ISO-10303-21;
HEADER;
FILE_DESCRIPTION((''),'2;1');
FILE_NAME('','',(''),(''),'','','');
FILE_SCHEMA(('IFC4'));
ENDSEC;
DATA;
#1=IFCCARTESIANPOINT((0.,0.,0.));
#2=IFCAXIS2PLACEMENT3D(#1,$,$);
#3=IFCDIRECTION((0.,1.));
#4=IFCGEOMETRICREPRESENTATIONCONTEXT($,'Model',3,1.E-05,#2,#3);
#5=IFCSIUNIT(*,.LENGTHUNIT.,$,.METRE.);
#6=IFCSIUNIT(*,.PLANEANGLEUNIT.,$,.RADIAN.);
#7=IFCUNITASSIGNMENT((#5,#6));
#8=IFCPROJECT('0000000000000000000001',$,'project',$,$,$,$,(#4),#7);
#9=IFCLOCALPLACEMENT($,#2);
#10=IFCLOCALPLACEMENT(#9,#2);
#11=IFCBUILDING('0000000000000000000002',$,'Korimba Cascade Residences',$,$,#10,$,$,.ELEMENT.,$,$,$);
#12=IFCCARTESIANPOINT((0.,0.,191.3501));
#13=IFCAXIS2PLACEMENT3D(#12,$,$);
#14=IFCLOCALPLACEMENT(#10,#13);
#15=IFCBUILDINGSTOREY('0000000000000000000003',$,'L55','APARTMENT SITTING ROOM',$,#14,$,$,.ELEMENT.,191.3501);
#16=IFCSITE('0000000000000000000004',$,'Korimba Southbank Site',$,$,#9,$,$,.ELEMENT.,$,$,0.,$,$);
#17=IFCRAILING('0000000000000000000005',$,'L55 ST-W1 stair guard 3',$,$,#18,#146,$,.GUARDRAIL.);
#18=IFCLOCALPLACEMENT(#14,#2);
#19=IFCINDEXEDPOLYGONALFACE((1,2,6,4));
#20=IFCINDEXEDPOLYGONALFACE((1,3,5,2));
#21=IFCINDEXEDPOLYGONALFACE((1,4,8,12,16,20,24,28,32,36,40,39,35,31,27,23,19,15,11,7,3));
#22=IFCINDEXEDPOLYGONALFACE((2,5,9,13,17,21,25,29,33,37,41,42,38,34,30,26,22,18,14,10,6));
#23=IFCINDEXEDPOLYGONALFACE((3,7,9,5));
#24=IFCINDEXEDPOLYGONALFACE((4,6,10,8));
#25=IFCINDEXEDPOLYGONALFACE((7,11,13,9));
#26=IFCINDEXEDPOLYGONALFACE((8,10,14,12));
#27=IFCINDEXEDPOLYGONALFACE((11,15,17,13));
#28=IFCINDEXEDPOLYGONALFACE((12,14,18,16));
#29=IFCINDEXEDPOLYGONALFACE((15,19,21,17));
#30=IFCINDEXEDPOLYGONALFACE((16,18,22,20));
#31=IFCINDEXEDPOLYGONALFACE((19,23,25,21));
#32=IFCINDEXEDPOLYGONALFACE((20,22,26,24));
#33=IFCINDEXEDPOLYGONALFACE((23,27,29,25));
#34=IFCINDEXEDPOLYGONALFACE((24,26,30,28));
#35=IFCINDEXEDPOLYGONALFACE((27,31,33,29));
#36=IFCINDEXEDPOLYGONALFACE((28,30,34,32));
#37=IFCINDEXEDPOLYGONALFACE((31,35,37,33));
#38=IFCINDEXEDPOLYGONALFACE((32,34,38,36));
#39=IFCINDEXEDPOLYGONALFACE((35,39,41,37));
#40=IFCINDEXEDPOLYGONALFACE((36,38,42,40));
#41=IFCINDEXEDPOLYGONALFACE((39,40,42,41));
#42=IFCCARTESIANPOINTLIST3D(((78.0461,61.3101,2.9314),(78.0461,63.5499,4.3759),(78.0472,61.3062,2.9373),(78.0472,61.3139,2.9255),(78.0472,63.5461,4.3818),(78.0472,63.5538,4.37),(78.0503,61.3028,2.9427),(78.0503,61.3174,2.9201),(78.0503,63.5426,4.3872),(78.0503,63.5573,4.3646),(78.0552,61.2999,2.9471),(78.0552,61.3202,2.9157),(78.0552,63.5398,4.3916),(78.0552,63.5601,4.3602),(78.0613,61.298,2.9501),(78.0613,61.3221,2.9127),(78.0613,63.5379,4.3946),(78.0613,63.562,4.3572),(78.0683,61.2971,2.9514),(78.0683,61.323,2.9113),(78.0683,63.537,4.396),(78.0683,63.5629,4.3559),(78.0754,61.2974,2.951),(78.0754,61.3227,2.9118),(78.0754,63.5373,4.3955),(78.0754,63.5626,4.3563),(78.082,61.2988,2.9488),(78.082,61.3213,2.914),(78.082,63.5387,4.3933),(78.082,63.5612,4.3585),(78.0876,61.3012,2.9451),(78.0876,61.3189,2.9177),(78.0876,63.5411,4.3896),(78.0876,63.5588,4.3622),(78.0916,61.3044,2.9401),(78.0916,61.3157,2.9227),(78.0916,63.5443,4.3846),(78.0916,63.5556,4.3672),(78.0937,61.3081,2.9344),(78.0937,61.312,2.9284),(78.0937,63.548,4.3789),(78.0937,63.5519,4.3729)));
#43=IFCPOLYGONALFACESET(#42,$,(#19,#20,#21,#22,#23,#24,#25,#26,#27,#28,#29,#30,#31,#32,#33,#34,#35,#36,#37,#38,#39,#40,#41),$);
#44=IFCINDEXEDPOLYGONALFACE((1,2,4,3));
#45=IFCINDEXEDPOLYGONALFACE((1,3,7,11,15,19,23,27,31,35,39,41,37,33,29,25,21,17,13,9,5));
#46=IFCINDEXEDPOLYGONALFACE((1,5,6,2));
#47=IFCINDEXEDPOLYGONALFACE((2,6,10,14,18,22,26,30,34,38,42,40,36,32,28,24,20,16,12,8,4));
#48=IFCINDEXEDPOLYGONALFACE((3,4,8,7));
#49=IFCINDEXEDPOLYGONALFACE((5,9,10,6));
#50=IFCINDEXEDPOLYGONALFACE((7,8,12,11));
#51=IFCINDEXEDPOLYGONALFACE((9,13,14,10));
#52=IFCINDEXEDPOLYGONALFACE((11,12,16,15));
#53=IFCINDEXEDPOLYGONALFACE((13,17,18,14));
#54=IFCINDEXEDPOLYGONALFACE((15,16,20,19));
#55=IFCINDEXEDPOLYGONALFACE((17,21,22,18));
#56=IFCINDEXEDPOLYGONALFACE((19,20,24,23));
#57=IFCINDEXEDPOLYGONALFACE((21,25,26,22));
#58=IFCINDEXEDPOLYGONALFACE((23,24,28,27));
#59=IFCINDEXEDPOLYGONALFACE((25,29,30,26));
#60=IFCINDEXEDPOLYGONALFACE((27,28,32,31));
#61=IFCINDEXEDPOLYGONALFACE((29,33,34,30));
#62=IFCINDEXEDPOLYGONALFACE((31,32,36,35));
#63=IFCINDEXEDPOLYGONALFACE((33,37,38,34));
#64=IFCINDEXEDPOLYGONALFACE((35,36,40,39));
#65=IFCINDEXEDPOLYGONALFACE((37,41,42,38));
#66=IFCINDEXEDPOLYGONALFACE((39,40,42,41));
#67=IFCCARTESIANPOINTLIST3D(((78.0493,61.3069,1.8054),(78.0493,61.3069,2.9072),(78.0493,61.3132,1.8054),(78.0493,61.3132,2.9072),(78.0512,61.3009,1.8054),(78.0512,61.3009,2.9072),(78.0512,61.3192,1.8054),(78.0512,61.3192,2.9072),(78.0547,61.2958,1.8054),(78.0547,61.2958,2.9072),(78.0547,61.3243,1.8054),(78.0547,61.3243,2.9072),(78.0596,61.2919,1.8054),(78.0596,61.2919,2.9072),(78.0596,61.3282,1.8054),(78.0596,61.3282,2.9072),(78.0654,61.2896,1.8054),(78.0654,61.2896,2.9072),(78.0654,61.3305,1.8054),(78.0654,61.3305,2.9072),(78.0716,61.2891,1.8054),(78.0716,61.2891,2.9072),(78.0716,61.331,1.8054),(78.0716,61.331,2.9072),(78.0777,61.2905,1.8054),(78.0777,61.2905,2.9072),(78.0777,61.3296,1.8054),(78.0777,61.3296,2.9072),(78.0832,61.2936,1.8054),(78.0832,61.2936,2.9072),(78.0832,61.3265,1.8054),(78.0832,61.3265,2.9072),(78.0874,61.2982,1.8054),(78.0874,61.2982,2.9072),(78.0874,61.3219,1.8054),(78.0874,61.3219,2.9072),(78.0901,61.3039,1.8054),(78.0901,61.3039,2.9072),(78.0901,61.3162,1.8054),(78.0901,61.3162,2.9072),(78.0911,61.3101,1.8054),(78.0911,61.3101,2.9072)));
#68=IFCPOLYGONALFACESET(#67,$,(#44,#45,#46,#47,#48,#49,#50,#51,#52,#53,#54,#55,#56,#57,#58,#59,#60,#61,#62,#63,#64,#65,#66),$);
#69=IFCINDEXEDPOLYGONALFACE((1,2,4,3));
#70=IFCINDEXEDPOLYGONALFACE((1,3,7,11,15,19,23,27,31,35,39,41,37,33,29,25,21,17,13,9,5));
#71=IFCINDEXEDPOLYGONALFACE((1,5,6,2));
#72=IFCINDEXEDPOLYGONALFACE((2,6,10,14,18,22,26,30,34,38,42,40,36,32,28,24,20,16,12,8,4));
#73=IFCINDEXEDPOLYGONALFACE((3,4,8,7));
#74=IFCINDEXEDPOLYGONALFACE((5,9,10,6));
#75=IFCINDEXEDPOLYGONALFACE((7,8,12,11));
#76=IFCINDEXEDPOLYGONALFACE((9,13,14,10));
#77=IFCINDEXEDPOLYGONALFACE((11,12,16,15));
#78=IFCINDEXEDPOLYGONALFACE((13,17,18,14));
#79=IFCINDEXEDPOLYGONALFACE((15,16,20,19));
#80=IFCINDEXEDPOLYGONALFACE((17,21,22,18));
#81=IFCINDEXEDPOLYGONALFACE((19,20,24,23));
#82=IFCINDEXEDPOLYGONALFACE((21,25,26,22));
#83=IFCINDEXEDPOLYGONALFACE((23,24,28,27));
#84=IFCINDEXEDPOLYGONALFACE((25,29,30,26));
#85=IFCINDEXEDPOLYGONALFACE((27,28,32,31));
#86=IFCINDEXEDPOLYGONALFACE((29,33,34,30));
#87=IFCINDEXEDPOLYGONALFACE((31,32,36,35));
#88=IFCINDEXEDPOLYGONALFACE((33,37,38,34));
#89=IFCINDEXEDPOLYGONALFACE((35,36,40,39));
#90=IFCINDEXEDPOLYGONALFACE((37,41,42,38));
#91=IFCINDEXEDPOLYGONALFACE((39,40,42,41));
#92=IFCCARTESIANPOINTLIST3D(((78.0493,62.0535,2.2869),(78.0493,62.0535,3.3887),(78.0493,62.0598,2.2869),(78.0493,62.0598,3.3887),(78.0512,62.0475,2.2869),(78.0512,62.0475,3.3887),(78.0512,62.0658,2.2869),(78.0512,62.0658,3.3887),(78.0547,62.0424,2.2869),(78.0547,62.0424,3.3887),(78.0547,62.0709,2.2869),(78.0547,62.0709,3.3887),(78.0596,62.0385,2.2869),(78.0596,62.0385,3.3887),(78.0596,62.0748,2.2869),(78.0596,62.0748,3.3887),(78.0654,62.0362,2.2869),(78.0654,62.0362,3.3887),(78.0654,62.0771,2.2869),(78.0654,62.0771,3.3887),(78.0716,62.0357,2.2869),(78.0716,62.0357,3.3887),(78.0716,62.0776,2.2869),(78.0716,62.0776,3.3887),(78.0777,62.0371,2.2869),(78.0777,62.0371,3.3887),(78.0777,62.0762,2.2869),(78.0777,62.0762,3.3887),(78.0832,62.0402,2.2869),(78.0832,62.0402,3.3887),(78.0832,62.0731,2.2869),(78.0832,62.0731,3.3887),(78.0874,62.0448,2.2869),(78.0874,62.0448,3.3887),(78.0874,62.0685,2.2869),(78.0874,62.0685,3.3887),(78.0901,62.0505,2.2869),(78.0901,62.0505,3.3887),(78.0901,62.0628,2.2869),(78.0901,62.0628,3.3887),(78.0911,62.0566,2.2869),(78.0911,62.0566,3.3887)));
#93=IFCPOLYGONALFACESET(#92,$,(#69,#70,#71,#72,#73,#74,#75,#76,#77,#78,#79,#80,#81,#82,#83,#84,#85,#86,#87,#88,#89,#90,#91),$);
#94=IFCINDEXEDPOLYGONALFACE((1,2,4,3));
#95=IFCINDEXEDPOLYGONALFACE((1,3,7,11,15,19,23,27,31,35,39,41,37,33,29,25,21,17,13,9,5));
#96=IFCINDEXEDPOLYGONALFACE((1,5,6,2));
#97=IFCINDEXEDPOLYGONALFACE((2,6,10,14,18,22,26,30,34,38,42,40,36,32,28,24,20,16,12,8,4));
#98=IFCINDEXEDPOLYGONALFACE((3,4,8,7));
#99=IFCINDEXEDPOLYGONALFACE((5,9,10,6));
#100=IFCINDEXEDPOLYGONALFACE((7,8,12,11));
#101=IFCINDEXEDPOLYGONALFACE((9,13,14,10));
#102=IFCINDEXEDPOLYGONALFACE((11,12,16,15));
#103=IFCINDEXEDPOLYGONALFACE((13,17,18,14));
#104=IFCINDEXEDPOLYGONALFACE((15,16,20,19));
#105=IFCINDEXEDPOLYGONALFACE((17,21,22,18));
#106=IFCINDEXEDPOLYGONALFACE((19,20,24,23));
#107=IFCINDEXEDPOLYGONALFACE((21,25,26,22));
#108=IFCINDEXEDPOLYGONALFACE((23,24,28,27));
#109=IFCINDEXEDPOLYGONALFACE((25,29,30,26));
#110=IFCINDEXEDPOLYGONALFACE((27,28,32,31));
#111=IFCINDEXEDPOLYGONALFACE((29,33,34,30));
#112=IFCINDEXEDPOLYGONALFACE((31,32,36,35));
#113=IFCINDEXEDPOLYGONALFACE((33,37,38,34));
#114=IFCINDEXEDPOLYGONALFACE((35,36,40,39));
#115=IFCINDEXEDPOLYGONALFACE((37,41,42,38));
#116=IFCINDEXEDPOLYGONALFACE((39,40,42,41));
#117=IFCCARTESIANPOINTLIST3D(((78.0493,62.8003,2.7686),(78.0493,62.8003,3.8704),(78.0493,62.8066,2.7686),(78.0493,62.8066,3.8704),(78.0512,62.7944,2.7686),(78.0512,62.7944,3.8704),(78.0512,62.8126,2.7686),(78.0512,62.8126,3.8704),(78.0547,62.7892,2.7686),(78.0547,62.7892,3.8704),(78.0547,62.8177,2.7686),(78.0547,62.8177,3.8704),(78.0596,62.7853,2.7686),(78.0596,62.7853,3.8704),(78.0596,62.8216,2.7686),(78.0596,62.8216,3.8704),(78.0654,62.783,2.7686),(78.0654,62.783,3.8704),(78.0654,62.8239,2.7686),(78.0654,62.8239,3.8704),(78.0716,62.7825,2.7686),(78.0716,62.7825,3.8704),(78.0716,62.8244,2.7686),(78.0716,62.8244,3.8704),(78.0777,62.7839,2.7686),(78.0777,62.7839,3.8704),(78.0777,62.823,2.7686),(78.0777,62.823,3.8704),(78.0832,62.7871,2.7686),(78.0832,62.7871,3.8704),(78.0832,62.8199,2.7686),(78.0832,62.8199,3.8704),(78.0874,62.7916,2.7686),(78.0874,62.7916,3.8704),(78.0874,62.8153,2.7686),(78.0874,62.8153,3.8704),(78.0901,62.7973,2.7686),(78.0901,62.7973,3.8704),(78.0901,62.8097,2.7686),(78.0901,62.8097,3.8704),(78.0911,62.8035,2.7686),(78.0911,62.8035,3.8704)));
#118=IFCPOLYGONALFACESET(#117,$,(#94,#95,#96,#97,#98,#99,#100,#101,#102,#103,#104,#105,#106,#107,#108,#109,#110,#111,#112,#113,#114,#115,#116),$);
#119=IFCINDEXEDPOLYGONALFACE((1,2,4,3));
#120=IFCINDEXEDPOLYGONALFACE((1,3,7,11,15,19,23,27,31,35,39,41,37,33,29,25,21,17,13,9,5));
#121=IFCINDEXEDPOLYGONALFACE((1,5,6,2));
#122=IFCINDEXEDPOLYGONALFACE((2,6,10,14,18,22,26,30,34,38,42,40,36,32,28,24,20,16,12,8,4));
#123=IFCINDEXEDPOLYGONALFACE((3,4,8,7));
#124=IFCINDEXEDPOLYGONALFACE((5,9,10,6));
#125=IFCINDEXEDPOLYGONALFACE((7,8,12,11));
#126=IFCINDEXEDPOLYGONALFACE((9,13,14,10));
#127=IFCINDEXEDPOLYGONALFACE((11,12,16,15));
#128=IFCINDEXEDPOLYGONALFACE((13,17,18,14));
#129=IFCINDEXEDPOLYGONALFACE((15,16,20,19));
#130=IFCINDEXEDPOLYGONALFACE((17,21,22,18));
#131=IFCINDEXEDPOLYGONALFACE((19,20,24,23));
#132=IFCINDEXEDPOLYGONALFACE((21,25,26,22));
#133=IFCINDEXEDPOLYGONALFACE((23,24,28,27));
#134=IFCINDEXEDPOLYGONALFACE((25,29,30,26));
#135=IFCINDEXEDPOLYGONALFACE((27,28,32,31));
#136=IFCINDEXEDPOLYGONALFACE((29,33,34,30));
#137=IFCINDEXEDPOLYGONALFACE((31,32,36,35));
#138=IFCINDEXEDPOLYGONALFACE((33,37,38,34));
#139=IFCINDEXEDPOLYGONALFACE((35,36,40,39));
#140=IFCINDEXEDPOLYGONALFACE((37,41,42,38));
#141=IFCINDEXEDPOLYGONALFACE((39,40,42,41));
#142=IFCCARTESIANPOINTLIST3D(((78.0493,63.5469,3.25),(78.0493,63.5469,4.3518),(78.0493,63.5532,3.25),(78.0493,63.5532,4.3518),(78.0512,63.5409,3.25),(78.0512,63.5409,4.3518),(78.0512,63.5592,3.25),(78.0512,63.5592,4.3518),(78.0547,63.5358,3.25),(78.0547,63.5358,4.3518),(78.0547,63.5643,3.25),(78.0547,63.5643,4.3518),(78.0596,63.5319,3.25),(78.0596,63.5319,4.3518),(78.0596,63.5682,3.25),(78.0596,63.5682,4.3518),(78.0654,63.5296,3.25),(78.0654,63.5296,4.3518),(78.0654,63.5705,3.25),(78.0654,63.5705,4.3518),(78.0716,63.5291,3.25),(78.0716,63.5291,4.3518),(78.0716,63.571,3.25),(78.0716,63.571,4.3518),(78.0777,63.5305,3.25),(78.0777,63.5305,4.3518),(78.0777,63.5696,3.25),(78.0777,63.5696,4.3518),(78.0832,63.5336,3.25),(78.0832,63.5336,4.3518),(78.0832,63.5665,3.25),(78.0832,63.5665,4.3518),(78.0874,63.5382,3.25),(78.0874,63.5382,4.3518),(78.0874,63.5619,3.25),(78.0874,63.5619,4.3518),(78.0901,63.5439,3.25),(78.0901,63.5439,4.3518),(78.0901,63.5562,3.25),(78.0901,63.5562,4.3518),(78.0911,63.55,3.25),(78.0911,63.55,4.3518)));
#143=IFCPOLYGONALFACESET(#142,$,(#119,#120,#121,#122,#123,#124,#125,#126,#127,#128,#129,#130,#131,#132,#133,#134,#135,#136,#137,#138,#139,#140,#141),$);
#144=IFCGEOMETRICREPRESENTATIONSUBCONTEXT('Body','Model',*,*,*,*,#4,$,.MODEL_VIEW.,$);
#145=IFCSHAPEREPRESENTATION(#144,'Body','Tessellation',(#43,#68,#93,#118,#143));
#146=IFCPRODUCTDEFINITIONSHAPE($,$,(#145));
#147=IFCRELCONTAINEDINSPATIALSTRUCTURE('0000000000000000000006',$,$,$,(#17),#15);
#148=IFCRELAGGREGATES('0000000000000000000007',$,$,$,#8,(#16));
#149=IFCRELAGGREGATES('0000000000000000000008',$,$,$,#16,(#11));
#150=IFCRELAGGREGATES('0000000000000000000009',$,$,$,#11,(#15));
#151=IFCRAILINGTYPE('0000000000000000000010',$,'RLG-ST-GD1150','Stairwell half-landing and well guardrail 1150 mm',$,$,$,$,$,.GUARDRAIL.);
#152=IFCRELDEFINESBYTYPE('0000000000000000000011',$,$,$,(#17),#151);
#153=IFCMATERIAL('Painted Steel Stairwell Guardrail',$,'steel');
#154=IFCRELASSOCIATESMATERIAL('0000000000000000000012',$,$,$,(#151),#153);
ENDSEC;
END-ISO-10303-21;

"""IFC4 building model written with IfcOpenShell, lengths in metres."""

from ifc_helpers import new_model, si_unit, direction, frame, origin, origin_2d, place, context, subcontext, project, spatial, circle, extrude, material, type_object, element, save


model = new_model("IFC4")

# Units and contexts
model_context = context("Model", 3, precision=1e-05, world=origin(), true_north=direction((0.0, 1.0)))
body_context = subcontext(model_context, "Body", "Model", "MODEL_VIEW")
ifc_project = project(units=[si_unit("LENGTHUNIT", "METRE"), si_unit("PLANEANGLEUNIT", "RADIAN")], contexts=[model_context])

# Site, building, storey
site_placement = place(None, origin())
site = spatial("IfcSite", under=ifc_project, at=site_placement, Name="Korimba Southbank Site", CompositionType="ELEMENT", RefElevation=0.0)
building_placement = place(site_placement, origin())
building = spatial("IfcBuilding", under=site, at=building_placement, Name="Korimba Cascade Residences", CompositionType="ELEMENT")
storey_placement = place(building_placement, frame((0.0, 0.0, 191.3501)))
storey = spatial("IfcBuildingStorey", under=building, at=storey_placement, Name="L55", Description="APARTMENT SITTING ROOM", CompositionType="ELEMENT", Elevation=191.3501)

# Railing
ifc_material_1 = material(Name="Painted Steel Stairwell Guardrail", Category="steel")
railing_type_1 = type_object("IfcRailingType", Name="RLG-ST-GD1150", Description="Stairwell half-landing and well guardrail 1150 mm", PredefinedType="GUARDRAIL", material=ifc_material_1)
railing_1_placement = place(storey_placement, frame((78.0701, 61.3101, 1.8054)))
element("IfcRailing", 1, at=railing_1_placement, inside=storey, type_object=railing_type_1, Name="L55 ST-W1 stair guard 3", PredefinedType="GUARDRAIL", context=body_context, shape_type="SweptSolid", body=[
    extrude(circle(Radius=0.0239, at=origin_2d()), frame((0.0, 0.0, 1.126), z_axis=(0.0, 0.840395, 0.541975), x_axis=(-1.0, 0.0, 0.0)), (0.0, 0.0, 1.0), 2.6653),
    extrude(circle(Radius=0.021, at=origin_2d()), origin(), (0.0, 0.0, 1.0), 1.1018),
    extrude(circle(Radius=0.021, at=origin_2d()), frame((0.0, 0.7466, 0.4814)), (0.0, 0.0, 1.0), 1.1018),
    extrude(circle(Radius=0.021, at=origin_2d()), frame((0.0, 1.4934, 0.9631)), (0.0, 0.0, 1.0), 1.1018),
    extrude(circle(Radius=0.021, at=origin_2d()), frame((0.0, 2.24, 1.4446)), (0.0, 0.0, 1.0), 1.1018),
])

save(model, "model.ifc")
